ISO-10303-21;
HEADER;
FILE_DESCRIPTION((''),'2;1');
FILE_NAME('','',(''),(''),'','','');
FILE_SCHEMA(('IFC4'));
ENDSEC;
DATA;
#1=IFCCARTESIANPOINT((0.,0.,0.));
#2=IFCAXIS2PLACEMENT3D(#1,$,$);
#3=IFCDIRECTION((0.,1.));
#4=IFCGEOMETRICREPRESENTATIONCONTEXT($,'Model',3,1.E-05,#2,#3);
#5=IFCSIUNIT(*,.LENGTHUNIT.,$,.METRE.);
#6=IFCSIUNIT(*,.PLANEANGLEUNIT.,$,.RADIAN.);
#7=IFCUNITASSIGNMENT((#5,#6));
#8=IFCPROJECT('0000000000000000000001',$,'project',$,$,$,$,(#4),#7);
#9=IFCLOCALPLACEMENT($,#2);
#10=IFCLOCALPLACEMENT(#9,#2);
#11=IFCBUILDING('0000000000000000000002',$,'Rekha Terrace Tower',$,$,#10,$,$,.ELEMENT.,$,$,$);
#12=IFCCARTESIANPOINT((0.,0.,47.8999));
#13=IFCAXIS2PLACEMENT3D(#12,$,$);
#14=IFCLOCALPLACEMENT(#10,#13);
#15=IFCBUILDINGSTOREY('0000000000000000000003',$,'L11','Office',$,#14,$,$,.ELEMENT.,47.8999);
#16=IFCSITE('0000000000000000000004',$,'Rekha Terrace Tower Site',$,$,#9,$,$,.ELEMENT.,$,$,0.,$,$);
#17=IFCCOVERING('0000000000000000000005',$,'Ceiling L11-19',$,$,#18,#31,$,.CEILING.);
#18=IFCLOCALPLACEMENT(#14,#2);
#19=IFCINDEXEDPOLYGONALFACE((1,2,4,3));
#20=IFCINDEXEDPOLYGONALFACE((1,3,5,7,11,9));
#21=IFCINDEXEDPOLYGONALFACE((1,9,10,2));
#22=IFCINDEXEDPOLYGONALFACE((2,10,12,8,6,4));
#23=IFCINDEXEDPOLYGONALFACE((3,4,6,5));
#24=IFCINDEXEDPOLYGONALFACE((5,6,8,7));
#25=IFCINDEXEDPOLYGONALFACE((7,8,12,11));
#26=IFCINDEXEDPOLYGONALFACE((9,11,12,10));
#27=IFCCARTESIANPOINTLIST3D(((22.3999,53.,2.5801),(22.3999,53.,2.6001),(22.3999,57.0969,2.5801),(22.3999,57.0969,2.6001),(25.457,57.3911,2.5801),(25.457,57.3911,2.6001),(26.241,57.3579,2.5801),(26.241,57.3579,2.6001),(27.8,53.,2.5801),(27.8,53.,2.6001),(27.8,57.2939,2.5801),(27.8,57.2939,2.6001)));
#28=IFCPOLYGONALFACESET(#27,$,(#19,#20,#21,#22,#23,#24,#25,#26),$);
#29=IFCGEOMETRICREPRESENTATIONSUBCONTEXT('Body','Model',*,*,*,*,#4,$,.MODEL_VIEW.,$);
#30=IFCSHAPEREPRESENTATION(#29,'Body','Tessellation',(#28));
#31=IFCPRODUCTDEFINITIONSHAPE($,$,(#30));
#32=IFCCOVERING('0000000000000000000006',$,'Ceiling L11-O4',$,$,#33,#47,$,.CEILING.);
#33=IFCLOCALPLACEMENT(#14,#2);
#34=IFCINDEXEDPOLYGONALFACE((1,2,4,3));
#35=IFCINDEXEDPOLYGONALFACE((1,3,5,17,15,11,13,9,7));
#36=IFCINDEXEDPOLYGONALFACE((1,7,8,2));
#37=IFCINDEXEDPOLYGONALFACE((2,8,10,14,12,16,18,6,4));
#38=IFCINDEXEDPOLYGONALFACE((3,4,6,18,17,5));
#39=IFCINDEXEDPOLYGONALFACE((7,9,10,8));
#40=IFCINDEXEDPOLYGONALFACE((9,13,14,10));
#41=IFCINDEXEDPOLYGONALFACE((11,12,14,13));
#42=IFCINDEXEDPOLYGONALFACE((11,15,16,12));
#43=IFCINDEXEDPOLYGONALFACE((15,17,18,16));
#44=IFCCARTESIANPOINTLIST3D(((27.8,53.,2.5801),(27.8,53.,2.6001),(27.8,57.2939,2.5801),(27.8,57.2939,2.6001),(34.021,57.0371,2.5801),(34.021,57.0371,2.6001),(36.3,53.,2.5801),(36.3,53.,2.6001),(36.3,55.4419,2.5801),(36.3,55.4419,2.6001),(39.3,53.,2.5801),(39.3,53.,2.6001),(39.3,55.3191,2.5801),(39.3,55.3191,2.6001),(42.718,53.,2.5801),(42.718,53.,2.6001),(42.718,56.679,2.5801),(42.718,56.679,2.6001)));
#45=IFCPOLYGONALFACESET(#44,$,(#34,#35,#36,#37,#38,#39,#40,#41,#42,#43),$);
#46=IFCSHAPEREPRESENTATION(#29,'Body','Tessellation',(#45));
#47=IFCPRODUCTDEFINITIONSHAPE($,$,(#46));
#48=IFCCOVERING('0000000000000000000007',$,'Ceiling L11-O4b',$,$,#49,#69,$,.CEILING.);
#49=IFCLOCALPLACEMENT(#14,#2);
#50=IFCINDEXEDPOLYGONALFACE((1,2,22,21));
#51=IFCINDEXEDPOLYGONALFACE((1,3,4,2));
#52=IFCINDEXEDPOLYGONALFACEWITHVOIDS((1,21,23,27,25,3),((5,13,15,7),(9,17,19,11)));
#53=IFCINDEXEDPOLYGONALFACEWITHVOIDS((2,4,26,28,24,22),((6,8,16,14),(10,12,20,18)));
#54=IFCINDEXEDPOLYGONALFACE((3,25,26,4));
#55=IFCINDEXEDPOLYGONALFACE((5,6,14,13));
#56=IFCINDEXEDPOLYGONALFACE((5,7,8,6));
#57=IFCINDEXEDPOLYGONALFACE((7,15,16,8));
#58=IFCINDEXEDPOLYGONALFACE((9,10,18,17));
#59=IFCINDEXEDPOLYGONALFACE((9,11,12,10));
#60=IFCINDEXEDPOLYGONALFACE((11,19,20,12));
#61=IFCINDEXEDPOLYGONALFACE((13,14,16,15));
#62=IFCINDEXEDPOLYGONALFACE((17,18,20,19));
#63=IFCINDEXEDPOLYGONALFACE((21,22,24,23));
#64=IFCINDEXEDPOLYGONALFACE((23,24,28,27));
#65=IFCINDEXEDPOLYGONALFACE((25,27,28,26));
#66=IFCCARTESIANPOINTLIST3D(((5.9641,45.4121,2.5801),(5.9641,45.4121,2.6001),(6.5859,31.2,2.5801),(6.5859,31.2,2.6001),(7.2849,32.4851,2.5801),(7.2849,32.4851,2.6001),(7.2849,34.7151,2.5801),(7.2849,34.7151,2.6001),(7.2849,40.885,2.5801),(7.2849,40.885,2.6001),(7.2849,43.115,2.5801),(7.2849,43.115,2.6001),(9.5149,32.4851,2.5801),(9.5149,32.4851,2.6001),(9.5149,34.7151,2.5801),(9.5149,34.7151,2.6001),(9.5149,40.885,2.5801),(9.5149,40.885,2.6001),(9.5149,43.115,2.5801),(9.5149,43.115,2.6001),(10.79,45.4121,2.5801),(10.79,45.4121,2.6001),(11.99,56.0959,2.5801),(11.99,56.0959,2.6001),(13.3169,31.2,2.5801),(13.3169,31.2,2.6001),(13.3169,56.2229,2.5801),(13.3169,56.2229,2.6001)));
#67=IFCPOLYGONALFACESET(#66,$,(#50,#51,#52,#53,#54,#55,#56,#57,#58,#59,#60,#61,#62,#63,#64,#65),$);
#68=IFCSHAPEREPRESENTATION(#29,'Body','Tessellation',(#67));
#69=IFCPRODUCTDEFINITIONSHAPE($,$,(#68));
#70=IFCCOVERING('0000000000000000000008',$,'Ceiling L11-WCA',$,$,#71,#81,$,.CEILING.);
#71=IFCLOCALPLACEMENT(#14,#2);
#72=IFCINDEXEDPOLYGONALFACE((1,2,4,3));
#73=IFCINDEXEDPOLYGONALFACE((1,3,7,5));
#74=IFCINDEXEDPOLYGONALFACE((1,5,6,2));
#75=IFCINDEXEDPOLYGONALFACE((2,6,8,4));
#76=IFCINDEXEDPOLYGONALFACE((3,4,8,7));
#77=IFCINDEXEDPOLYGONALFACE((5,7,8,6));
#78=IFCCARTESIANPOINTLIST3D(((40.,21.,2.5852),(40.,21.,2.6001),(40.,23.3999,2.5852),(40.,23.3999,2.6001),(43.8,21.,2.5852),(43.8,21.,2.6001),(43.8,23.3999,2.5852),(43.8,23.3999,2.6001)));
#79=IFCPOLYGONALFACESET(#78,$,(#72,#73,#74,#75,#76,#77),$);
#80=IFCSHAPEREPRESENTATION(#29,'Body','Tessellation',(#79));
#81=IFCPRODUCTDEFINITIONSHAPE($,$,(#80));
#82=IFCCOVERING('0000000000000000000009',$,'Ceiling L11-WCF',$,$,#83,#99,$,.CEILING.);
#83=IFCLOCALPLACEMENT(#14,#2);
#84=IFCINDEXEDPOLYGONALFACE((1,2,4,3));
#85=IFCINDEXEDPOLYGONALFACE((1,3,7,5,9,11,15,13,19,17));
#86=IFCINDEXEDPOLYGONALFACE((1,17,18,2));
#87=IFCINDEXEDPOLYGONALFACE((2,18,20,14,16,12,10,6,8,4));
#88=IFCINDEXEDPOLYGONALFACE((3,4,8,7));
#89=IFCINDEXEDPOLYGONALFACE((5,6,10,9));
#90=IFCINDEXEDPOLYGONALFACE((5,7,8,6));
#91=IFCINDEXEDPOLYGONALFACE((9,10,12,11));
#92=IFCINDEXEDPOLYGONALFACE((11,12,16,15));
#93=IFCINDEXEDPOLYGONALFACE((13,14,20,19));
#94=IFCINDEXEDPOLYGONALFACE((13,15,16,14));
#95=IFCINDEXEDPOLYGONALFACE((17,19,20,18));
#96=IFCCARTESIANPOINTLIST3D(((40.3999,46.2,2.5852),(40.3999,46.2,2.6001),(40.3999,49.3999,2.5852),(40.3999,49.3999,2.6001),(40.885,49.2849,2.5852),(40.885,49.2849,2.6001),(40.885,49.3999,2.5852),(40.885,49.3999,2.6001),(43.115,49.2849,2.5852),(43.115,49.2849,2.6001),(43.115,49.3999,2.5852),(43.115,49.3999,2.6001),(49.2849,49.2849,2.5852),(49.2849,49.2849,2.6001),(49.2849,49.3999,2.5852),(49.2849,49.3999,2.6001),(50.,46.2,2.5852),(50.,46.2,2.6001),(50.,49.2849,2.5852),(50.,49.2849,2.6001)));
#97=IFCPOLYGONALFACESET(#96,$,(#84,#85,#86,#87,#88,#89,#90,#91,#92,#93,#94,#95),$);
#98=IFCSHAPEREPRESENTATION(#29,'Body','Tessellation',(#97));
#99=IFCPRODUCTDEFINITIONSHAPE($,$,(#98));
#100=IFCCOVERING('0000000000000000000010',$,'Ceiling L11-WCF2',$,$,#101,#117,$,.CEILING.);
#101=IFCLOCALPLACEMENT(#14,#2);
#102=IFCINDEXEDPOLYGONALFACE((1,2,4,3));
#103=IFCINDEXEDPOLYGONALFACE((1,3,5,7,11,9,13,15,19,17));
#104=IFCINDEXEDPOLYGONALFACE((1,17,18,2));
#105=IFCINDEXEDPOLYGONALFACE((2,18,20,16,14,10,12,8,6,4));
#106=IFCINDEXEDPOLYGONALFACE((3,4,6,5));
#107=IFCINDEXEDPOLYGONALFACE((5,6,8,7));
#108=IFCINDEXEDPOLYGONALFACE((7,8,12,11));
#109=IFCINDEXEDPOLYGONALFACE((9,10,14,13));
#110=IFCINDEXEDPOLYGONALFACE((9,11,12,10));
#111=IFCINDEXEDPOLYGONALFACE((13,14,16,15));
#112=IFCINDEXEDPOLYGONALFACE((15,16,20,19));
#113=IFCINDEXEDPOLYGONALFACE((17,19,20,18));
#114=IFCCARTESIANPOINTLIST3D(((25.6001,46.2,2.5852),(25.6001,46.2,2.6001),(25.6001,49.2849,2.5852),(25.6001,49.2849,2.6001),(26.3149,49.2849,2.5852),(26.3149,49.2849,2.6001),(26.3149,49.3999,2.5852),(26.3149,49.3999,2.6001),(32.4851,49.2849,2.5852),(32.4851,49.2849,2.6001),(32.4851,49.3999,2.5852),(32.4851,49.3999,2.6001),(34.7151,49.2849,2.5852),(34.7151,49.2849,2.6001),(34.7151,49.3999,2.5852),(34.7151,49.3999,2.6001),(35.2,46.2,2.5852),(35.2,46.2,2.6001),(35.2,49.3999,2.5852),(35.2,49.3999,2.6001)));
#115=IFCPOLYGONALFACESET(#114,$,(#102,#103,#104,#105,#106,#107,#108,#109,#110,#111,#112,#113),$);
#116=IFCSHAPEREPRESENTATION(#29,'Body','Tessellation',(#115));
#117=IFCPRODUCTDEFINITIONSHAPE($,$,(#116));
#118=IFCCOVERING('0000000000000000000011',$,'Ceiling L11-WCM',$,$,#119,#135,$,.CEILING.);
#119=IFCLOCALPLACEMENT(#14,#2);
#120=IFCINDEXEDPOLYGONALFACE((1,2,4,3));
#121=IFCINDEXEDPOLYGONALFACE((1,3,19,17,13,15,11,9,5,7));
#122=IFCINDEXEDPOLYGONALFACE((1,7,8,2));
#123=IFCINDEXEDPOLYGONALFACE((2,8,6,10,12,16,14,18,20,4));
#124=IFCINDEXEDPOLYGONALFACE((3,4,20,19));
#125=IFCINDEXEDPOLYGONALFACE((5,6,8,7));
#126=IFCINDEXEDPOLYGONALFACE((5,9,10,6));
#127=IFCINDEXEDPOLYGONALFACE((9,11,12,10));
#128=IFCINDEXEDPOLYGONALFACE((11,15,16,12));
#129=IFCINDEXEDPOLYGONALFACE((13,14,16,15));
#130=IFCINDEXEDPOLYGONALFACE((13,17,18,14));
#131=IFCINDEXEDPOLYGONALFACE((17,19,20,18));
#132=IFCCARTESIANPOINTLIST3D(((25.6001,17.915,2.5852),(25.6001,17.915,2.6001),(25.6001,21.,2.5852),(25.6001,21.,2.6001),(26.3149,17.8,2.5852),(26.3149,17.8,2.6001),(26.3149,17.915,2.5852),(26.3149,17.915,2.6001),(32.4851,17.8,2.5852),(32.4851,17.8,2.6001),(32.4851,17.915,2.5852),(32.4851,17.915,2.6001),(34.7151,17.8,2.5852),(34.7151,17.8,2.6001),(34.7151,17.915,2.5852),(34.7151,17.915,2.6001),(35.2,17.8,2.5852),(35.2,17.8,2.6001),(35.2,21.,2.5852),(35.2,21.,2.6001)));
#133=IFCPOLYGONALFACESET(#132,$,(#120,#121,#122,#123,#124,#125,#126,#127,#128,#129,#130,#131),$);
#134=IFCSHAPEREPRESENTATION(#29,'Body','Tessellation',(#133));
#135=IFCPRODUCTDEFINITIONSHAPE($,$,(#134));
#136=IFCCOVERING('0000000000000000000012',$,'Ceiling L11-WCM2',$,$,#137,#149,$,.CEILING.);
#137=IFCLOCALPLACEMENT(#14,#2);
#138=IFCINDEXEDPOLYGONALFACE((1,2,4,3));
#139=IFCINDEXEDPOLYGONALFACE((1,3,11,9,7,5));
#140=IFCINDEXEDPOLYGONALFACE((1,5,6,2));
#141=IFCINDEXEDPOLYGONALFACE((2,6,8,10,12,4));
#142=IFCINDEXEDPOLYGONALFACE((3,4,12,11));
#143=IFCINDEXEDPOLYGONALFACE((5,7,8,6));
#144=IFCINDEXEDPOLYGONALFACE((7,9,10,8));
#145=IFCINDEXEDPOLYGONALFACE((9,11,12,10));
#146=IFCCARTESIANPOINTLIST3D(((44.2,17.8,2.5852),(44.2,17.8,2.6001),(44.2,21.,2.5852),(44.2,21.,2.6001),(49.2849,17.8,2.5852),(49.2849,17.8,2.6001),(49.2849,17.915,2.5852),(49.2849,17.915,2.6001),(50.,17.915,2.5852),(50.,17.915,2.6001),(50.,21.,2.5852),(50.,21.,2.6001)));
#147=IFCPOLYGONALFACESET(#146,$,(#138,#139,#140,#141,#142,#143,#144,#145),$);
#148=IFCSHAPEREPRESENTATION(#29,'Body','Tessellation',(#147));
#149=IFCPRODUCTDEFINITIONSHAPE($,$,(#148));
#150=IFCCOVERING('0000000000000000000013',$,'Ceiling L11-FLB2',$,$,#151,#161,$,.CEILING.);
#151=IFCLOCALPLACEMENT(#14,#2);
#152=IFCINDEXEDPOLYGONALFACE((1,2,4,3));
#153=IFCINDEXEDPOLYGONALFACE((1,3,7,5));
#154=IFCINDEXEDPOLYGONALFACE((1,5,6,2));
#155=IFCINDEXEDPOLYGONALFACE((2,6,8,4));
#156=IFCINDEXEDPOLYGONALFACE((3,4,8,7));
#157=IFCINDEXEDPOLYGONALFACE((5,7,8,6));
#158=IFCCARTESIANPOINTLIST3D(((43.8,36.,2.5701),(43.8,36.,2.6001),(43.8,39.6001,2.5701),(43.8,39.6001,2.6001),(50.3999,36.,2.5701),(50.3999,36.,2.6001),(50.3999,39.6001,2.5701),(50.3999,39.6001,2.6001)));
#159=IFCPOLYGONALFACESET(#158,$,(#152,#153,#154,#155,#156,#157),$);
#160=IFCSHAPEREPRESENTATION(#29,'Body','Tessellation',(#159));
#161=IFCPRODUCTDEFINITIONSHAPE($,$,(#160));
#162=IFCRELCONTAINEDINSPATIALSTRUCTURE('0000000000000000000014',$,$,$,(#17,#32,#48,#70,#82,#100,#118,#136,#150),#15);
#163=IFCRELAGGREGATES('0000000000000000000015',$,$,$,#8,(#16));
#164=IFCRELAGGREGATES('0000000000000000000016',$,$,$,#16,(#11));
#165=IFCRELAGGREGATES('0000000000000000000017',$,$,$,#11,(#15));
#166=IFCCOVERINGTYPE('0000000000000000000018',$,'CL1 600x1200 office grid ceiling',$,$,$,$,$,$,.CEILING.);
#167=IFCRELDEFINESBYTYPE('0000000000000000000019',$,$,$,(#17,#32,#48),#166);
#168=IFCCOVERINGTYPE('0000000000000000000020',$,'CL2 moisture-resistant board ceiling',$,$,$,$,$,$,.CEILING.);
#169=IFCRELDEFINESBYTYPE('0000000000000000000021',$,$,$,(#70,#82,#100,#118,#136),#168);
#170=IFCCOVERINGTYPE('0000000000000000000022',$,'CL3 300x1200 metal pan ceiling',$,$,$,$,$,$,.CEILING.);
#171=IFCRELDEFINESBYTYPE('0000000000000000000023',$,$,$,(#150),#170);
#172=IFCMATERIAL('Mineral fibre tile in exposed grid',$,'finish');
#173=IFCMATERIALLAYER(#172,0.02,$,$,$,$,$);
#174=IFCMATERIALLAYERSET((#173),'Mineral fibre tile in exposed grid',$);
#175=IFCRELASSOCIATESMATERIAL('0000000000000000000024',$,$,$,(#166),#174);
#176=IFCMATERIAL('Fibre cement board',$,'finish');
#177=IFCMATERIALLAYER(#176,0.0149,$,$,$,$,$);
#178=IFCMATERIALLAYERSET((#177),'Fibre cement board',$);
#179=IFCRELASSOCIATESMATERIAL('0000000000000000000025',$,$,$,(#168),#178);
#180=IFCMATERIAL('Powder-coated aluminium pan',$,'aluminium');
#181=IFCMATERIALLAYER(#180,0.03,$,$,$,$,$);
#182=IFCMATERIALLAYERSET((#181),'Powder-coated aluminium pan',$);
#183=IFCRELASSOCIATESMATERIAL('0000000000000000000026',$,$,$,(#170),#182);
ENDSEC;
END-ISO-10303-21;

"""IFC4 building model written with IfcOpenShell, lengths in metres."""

from ifc_helpers import new_model, si_unit, direction, frame, origin, place, context, subcontext, project, spatial, polyline, outline, extrude, material, layer, layer_set, type_object, element, save


model = new_model("IFC4")

# Units and contexts
model_context = context("Model", 3, precision=1e-05, world=origin(), true_north=direction((0.0, 1.0)))
body_context = subcontext(model_context, "Body", "Model", "MODEL_VIEW")
ifc_project = project(units=[si_unit("LENGTHUNIT", "METRE"), si_unit("PLANEANGLEUNIT", "RADIAN")], contexts=[model_context])

# Site, building, storey
site_placement = place(None, origin())
site = spatial("IfcSite", under=ifc_project, at=site_placement, Name="Rekha Terrace Tower Site", CompositionType="ELEMENT", RefElevation=0.0)
building_placement = place(site_placement, origin())
building = spatial("IfcBuilding", under=site, at=building_placement, Name="Rekha Terrace Tower", CompositionType="ELEMENT")
storey_placement = place(building_placement, frame((0.0, 0.0, 47.8999)))
storey = spatial("IfcBuildingStorey", under=building, at=storey_placement, Name="L11", Description="Office", CompositionType="ELEMENT", Elevation=47.8999)

# Coverings
ifc_material_1 = material(Name="Mineral fibre tile in exposed grid", Category="finish")
ifc_layer_1 = layer(ifc_material_1, 0.02)
ifc_layer_set_1 = layer_set([ifc_layer_1], Name="Mineral fibre tile in exposed grid")
covering_type_1 = type_object("IfcCoveringType", Name="CL1 600x1200 office grid ceiling", PredefinedType="CEILING", material=ifc_layer_set_1)
covering_1_placement = place(storey_placement, frame((0.0, 0.0, 2.5801)))
element("IfcCovering", 1, at=covering_1_placement, inside=storey, type_object=covering_type_1, Name="Ceiling L11-19", PredefinedType="CEILING", context=body_context, shape_type="SweptSolid", body=[
    extrude(outline(polyline([(22.3999, 53.0), (27.8, 53.0), (27.8, 57.2939), (26.241, 57.3579), (25.457, 57.3911), (22.3999, 57.0969), (22.3999, 53.0)])), origin(), (0.0, 0.0, 1.0), 0.02),
])
covering_2_placement = place(storey_placement, frame((0.0, 0.0, 2.5801)))
element("IfcCovering", 2, at=covering_2_placement, inside=storey, type_object=covering_type_1, Name="Ceiling L11-O4", PredefinedType="CEILING", context=body_context, shape_type="SweptSolid", body=[
    extrude(outline(polyline([(42.718, 56.679), (34.021, 57.0371), (27.8, 57.2939), (27.8, 53.0), (36.3, 53.0), (36.3, 55.4419), (39.3, 55.3191), (39.3, 53.0), (42.718, 53.0), (42.718, 56.679)])), origin(), (0.0, 0.0, 1.0), 0.02),
])
covering_3_placement = place(storey_placement, frame((0.0, 0.0, 2.5801)))
element("IfcCovering", 3, at=covering_3_placement, inside=storey, type_object=covering_type_1, Name="Ceiling L11-O4b", PredefinedType="CEILING", context=body_context, shape_type="SweptSolid", body=[
    extrude(outline(polyline([(13.3169, 56.2229), (11.99, 56.0959), (10.79, 45.4121), (5.9641, 45.4121), (6.5859, 31.2), (13.3169, 31.2), (13.3169, 56.2229)]), holes=[polyline([(9.5149, 32.4851), (7.2849, 32.4851), (7.2849, 34.7151), (9.5149, 34.7151), (9.5149, 32.4851)]), polyline([(9.5149, 40.885), (7.2849, 40.885), (7.2849, 43.115), (9.5149, 43.115), (9.5149, 40.885)])]), origin(), (0.0, 0.0, 1.0), 0.02),
])
ifc_material_2 = material(Name="Fibre cement board", Category="finish")
ifc_layer_2 = layer(ifc_material_2, 0.0149)
ifc_layer_set_2 = layer_set([ifc_layer_2], Name="Fibre cement board")
covering_type_2 = type_object("IfcCoveringType", Name="CL2 moisture-resistant board ceiling", PredefinedType="CEILING", material=ifc_layer_set_2)
covering_4_placement = place(storey_placement, frame((0.0, 0.0, 2.5852)))
element("IfcCovering", 4, at=covering_4_placement, inside=storey, type_object=covering_type_2, Name="Ceiling L11-WCA", PredefinedType="CEILING", context=body_context, shape_type="SweptSolid", body=[
    extrude(outline(polyline([(43.8, 23.3999), (40.0, 23.3999), (40.0, 21.0), (43.8, 21.0), (43.8, 23.3999)])), origin(), (0.0, 0.0, 1.0), 0.0149),
])
covering_5_placement = place(storey_placement, frame((0.0, 0.0, 2.5852)))
element("IfcCovering", 5, at=covering_5_placement, inside=storey, type_object=covering_type_2, Name="Ceiling L11-WCF", PredefinedType="CEILING", context=body_context, shape_type="SweptSolid", body=[
    extrude(outline(polyline([(40.885, 49.3999), (40.3999, 49.3999), (40.3999, 46.2), (50.0, 46.2), (50.0, 49.2849), (49.2849, 49.2849), (49.2849, 49.3999), (43.115, 49.3999), (43.115, 49.2849), (40.885, 49.2849), (40.885, 49.3999)])), origin(), (0.0, 0.0, 1.0), 0.0149),
])
covering_6_placement = place(storey_placement, frame((0.0, 0.0, 2.5852)))
element("IfcCovering", 6, at=covering_6_placement, inside=storey, type_object=covering_type_2, Name="Ceiling L11-WCF2", PredefinedType="CEILING", context=body_context, shape_type="SweptSolid", body=[
    extrude(outline(polyline([(26.3149, 49.2849), (25.6001, 49.2849), (25.6001, 46.2), (35.2, 46.2), (35.2, 49.3999), (34.7151, 49.3999), (34.7151, 49.2849), (32.4851, 49.2849), (32.4851, 49.3999), (26.3149, 49.3999), (26.3149, 49.2849)])), origin(), (0.0, 0.0, 1.0), 0.0149),
])
covering_7_placement = place(storey_placement, frame((0.0, 0.0, 2.5852)))
element("IfcCovering", 7, at=covering_7_placement, inside=storey, type_object=covering_type_2, Name="Ceiling L11-WCM", PredefinedType="CEILING", context=body_context, shape_type="SweptSolid", body=[
    extrude(outline(polyline([(35.2, 21.0), (25.6001, 21.0), (25.6001, 17.915), (26.3149, 17.915), (26.3149, 17.8), (32.4851, 17.8), (32.4851, 17.915), (34.7151, 17.915), (34.7151, 17.8), (35.2, 17.8), (35.2, 21.0)])), origin(), (0.0, 0.0, 1.0), 0.0149),
])
covering_8_placement = place(storey_placement, frame((0.0, 0.0, 2.5852)))
element("IfcCovering", 8, at=covering_8_placement, inside=storey, type_object=covering_type_2, Name="Ceiling L11-WCM2", PredefinedType="CEILING", context=body_context, shape_type="SweptSolid", body=[
    extrude(outline(polyline([(50.0, 21.0), (44.2, 21.0), (44.2, 17.8), (49.2849, 17.8), (49.2849, 17.915), (50.0, 17.915), (50.0, 21.0)])), origin(), (0.0, 0.0, 1.0), 0.0149),
])
ifc_material_3 = material(Name="Powder-coated aluminium pan", Category="aluminium")
ifc_layer_3 = layer(ifc_material_3, 0.03)
ifc_layer_set_3 = layer_set([ifc_layer_3], Name="Powder-coated aluminium pan")
covering_type_3 = type_object("IfcCoveringType", Name="CL3 300x1200 metal pan ceiling", PredefinedType="CEILING", material=ifc_layer_set_3)
covering_9_placement = place(storey_placement, frame((0.0, 0.0, 2.5701)))
element("IfcCovering", 9, at=covering_9_placement, inside=storey, type_object=covering_type_3, Name="Ceiling L11-FLB2", PredefinedType="CEILING", context=body_context, shape_type="SweptSolid", body=[
    extrude(outline(polyline([(50.3999, 39.6001), (43.8, 39.6001), (43.8, 36.0), (50.3999, 36.0), (50.3999, 39.6001)])), origin(), (0.0, 0.0, 1.0), 0.03),
])

save(model, "model.ifc")
